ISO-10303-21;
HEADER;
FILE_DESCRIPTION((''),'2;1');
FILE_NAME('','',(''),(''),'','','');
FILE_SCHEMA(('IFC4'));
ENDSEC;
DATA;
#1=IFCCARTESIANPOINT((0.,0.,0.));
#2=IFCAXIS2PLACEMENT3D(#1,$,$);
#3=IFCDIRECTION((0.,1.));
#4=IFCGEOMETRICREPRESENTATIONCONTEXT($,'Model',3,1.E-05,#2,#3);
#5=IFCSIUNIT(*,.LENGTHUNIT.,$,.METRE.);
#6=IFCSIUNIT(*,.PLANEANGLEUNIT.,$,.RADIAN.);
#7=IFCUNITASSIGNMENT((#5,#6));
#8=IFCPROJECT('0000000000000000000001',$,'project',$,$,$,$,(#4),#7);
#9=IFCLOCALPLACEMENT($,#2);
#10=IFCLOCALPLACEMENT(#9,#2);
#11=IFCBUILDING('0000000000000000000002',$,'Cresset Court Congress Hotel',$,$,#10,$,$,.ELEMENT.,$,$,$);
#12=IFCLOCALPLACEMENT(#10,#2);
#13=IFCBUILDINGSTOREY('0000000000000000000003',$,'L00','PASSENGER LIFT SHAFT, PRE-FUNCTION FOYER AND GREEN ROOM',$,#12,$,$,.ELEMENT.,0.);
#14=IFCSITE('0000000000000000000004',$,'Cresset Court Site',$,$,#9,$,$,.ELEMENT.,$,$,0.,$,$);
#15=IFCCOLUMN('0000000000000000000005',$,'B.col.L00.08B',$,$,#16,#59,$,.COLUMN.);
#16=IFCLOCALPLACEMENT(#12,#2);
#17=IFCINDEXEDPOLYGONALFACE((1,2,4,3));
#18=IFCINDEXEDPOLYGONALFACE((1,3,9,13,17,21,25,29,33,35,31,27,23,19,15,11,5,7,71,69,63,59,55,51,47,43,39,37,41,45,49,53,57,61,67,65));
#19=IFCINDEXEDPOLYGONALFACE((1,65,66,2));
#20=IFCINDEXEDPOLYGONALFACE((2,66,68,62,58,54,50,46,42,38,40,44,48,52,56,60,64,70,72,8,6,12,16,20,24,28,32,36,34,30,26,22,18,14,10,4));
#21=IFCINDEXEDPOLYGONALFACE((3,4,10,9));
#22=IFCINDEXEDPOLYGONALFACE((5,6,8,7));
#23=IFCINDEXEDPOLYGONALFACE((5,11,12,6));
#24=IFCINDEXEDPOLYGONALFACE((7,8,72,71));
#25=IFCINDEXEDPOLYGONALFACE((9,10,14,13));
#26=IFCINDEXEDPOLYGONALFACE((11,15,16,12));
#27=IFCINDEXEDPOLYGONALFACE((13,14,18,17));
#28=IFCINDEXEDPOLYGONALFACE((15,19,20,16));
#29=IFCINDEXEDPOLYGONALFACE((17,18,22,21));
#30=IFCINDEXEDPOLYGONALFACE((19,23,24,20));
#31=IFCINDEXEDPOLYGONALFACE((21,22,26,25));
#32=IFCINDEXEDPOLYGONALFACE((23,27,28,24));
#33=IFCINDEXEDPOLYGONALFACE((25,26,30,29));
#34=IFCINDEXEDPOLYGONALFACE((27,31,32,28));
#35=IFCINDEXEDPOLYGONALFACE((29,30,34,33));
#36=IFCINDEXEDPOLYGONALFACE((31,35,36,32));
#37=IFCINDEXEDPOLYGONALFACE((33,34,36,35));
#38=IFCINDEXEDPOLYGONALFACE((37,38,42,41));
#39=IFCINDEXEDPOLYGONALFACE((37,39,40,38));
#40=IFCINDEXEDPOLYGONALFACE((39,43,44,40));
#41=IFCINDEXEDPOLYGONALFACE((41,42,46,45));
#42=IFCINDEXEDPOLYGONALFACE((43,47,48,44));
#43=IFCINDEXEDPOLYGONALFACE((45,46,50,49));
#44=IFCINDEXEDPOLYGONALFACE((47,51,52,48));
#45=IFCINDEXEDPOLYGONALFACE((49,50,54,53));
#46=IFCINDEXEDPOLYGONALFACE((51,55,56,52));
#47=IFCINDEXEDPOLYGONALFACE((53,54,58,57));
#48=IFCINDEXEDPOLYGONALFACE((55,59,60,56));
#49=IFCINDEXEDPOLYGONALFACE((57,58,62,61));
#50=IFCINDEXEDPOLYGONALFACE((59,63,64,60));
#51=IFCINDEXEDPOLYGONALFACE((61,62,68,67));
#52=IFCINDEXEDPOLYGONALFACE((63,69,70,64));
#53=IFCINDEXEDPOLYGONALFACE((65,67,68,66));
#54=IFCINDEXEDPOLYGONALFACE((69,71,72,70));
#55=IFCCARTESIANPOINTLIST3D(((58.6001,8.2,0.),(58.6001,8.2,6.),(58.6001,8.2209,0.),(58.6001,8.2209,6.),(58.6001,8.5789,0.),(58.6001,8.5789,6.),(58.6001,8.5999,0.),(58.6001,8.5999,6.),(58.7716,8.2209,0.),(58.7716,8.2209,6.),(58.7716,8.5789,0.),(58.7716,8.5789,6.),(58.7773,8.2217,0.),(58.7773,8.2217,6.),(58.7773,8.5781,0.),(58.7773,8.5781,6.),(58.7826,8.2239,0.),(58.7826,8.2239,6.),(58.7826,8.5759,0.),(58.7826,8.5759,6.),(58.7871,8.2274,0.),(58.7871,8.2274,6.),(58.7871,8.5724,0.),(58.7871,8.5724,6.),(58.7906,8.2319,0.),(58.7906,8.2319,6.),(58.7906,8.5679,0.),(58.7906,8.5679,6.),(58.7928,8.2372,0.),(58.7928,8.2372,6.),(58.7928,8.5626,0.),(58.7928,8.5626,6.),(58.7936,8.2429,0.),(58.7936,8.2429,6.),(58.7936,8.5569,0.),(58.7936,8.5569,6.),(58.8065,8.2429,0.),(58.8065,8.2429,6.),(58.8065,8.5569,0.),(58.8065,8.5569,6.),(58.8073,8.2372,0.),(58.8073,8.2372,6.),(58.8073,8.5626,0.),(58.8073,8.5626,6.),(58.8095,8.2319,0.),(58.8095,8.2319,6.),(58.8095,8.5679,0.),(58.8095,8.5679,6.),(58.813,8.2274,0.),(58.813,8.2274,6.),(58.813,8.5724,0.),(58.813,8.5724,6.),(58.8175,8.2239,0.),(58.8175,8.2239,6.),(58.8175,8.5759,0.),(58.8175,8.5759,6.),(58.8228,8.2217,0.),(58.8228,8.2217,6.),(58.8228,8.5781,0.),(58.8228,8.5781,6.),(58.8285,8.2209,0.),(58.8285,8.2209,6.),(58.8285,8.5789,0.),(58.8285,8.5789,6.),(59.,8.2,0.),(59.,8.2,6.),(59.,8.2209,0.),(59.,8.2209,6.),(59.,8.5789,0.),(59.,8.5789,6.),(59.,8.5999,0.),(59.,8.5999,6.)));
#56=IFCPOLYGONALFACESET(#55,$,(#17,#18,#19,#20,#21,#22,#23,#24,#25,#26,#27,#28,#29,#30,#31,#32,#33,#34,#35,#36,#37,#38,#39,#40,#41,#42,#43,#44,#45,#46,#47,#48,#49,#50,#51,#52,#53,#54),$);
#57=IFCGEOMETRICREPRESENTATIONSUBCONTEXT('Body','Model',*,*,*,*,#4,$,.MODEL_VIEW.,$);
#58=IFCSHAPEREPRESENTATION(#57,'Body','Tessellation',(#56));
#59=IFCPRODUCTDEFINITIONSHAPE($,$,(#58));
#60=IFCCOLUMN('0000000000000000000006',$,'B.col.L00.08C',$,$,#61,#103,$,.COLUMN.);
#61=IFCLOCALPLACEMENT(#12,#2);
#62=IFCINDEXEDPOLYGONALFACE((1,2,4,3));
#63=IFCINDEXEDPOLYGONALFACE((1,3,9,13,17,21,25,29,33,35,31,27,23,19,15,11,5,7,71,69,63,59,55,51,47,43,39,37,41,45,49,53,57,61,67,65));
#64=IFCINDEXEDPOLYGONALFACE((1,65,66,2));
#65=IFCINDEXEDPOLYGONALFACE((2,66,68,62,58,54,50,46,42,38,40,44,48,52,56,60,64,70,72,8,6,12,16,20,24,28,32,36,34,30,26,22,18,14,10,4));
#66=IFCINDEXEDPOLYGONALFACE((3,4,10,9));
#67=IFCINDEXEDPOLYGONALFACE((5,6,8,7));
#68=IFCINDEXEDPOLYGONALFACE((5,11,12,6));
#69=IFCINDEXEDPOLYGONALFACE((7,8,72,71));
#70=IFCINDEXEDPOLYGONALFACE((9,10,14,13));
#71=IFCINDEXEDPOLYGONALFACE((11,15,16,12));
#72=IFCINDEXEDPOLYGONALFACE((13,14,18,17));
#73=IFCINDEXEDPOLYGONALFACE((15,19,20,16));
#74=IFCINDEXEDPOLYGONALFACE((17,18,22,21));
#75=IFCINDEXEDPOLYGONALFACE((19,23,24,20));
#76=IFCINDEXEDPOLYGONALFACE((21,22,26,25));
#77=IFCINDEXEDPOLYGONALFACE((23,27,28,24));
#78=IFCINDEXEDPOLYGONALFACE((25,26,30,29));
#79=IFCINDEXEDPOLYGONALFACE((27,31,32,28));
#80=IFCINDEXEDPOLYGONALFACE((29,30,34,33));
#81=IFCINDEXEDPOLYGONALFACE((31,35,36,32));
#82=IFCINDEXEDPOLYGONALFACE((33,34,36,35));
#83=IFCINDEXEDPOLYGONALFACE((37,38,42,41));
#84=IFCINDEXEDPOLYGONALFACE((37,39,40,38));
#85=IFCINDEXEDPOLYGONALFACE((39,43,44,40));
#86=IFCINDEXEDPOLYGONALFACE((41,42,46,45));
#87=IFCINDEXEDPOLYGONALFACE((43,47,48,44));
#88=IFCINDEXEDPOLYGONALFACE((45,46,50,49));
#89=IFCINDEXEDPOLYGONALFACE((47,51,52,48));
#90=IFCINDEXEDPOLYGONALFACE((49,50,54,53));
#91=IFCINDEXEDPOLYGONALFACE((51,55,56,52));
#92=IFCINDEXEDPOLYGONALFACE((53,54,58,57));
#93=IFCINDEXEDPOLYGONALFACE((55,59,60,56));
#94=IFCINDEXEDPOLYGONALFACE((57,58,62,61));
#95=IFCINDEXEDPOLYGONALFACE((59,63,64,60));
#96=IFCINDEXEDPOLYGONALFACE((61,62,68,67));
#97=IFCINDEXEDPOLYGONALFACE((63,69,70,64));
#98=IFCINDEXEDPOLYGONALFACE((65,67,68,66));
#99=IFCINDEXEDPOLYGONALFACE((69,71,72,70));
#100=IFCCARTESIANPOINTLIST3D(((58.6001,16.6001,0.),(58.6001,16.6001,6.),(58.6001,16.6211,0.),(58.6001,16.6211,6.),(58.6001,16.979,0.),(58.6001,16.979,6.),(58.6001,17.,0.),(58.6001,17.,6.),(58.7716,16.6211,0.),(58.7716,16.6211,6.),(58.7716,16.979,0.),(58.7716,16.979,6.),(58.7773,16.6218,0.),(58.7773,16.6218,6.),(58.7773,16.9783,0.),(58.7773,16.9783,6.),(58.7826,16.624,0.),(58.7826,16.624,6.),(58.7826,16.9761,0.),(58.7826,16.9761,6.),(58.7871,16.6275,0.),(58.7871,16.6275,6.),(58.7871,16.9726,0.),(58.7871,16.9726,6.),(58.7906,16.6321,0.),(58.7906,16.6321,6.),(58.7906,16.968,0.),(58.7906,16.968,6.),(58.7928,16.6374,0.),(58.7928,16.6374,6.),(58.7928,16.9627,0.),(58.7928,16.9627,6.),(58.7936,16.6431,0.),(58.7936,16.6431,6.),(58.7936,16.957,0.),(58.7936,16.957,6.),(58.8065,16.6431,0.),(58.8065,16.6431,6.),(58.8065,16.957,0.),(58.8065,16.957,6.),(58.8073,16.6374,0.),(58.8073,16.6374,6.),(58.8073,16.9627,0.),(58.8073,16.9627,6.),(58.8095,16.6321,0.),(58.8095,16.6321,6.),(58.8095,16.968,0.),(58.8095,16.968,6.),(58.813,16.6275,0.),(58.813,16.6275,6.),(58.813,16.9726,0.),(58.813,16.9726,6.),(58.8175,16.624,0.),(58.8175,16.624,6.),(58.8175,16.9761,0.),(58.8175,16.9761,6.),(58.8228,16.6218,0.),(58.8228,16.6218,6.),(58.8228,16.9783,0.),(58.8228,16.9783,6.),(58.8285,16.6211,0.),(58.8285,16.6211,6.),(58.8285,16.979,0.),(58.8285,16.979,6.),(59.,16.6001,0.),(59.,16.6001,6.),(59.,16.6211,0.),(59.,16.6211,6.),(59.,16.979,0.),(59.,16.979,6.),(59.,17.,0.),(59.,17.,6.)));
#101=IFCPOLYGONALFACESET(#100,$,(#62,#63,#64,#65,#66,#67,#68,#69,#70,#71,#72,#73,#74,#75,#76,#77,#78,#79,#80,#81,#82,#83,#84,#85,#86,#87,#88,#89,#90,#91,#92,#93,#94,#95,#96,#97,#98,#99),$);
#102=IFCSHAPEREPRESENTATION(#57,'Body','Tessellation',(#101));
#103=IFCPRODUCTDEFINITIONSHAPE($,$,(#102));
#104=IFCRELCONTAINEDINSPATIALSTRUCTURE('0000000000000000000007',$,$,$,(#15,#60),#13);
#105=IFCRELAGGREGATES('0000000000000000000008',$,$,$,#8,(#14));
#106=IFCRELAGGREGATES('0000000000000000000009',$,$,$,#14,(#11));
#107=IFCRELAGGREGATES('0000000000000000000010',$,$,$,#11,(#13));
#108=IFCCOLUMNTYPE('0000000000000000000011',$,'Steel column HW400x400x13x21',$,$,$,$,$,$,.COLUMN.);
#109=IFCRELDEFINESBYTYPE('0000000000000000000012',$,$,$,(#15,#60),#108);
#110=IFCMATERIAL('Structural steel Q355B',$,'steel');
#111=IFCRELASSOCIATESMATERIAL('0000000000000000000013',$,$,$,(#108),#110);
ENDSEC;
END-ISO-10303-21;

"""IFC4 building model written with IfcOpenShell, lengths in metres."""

from ifc_helpers import new_model, si_unit, direction, frame, origin, origin_2d, place, context, subcontext, project, spatial, i_section, extrude, material, material_profile, profile_set, type_object, element, save


model = new_model("IFC4")

# Units and contexts
model_context = context("Model", 3, precision=1e-05, world=origin(), true_north=direction((0.0, 1.0)))
body_context = subcontext(model_context, "Body", "Model", "MODEL_VIEW")
ifc_project = project(units=[si_unit("LENGTHUNIT", "METRE"), si_unit("PLANEANGLEUNIT", "RADIAN")], contexts=[model_context])

# Site, building, storey
site_placement = place(None, origin())
site = spatial("IfcSite", under=ifc_project, at=site_placement, Name="Cresset Court Site", CompositionType="ELEMENT", RefElevation=0.0)
building_placement = place(site_placement, origin())
building = spatial("IfcBuilding", under=site, at=building_placement, Name="Cresset Court Congress Hotel", CompositionType="ELEMENT")
storey_placement = place(building_placement, origin())
storey = spatial("IfcBuildingStorey", under=building, at=storey_placement, Name="L00", Description="PASSENGER LIFT SHAFT, PRE-FUNCTION FOYER AND GREEN ROOM", CompositionType="ELEMENT", Elevation=0.0)

# Columns
ifc_material_1 = material(Name="Structural steel Q355B", Category="steel")
ifc_material_profile = material_profile(ifc_material_1, i_section(OverallWidth=0.3999, OverallDepth=0.3999, WebThickness=0.0129, FlangeThickness=0.021, FilletRadius=0.022, at=origin_2d()), Name="HW400x400x13x21")
ifc_profile_set = profile_set([ifc_material_profile], Name="Structural steel Q355B")
column_type = type_object("IfcColumnType", Name="Steel column HW400x400x13x21", PredefinedType="COLUMN", material=ifc_profile_set)
for number, where, z_axis, x_axis, name in (
    (1, (58.8, 8.3999, 0.0), (0.0, 0.0, 1.0), (1.0, 0.0, 0.0), "B.col.L00.08B"),
    (2, (58.8, 16.8, 0.0), (0.0, 0.0, 1.0), (1.0, 0.0, 0.0), "B.col.L00.08C"),
):
    element("IfcColumn", number, at=place(storey_placement, frame(where, z_axis=z_axis, x_axis=x_axis)), inside=storey, type_object=column_type, Name=name, PredefinedType="COLUMN", context=body_context, shape_type="SweptSolid", body=[
        extrude(i_section(OverallWidth=0.3999, OverallDepth=0.3999, WebThickness=0.0129, FlangeThickness=0.021, FilletRadius=0.022, at=origin_2d()), origin(), (0.0, 0.0, 1.0), 6.0),
    ])

save(model, "model.ifc")
